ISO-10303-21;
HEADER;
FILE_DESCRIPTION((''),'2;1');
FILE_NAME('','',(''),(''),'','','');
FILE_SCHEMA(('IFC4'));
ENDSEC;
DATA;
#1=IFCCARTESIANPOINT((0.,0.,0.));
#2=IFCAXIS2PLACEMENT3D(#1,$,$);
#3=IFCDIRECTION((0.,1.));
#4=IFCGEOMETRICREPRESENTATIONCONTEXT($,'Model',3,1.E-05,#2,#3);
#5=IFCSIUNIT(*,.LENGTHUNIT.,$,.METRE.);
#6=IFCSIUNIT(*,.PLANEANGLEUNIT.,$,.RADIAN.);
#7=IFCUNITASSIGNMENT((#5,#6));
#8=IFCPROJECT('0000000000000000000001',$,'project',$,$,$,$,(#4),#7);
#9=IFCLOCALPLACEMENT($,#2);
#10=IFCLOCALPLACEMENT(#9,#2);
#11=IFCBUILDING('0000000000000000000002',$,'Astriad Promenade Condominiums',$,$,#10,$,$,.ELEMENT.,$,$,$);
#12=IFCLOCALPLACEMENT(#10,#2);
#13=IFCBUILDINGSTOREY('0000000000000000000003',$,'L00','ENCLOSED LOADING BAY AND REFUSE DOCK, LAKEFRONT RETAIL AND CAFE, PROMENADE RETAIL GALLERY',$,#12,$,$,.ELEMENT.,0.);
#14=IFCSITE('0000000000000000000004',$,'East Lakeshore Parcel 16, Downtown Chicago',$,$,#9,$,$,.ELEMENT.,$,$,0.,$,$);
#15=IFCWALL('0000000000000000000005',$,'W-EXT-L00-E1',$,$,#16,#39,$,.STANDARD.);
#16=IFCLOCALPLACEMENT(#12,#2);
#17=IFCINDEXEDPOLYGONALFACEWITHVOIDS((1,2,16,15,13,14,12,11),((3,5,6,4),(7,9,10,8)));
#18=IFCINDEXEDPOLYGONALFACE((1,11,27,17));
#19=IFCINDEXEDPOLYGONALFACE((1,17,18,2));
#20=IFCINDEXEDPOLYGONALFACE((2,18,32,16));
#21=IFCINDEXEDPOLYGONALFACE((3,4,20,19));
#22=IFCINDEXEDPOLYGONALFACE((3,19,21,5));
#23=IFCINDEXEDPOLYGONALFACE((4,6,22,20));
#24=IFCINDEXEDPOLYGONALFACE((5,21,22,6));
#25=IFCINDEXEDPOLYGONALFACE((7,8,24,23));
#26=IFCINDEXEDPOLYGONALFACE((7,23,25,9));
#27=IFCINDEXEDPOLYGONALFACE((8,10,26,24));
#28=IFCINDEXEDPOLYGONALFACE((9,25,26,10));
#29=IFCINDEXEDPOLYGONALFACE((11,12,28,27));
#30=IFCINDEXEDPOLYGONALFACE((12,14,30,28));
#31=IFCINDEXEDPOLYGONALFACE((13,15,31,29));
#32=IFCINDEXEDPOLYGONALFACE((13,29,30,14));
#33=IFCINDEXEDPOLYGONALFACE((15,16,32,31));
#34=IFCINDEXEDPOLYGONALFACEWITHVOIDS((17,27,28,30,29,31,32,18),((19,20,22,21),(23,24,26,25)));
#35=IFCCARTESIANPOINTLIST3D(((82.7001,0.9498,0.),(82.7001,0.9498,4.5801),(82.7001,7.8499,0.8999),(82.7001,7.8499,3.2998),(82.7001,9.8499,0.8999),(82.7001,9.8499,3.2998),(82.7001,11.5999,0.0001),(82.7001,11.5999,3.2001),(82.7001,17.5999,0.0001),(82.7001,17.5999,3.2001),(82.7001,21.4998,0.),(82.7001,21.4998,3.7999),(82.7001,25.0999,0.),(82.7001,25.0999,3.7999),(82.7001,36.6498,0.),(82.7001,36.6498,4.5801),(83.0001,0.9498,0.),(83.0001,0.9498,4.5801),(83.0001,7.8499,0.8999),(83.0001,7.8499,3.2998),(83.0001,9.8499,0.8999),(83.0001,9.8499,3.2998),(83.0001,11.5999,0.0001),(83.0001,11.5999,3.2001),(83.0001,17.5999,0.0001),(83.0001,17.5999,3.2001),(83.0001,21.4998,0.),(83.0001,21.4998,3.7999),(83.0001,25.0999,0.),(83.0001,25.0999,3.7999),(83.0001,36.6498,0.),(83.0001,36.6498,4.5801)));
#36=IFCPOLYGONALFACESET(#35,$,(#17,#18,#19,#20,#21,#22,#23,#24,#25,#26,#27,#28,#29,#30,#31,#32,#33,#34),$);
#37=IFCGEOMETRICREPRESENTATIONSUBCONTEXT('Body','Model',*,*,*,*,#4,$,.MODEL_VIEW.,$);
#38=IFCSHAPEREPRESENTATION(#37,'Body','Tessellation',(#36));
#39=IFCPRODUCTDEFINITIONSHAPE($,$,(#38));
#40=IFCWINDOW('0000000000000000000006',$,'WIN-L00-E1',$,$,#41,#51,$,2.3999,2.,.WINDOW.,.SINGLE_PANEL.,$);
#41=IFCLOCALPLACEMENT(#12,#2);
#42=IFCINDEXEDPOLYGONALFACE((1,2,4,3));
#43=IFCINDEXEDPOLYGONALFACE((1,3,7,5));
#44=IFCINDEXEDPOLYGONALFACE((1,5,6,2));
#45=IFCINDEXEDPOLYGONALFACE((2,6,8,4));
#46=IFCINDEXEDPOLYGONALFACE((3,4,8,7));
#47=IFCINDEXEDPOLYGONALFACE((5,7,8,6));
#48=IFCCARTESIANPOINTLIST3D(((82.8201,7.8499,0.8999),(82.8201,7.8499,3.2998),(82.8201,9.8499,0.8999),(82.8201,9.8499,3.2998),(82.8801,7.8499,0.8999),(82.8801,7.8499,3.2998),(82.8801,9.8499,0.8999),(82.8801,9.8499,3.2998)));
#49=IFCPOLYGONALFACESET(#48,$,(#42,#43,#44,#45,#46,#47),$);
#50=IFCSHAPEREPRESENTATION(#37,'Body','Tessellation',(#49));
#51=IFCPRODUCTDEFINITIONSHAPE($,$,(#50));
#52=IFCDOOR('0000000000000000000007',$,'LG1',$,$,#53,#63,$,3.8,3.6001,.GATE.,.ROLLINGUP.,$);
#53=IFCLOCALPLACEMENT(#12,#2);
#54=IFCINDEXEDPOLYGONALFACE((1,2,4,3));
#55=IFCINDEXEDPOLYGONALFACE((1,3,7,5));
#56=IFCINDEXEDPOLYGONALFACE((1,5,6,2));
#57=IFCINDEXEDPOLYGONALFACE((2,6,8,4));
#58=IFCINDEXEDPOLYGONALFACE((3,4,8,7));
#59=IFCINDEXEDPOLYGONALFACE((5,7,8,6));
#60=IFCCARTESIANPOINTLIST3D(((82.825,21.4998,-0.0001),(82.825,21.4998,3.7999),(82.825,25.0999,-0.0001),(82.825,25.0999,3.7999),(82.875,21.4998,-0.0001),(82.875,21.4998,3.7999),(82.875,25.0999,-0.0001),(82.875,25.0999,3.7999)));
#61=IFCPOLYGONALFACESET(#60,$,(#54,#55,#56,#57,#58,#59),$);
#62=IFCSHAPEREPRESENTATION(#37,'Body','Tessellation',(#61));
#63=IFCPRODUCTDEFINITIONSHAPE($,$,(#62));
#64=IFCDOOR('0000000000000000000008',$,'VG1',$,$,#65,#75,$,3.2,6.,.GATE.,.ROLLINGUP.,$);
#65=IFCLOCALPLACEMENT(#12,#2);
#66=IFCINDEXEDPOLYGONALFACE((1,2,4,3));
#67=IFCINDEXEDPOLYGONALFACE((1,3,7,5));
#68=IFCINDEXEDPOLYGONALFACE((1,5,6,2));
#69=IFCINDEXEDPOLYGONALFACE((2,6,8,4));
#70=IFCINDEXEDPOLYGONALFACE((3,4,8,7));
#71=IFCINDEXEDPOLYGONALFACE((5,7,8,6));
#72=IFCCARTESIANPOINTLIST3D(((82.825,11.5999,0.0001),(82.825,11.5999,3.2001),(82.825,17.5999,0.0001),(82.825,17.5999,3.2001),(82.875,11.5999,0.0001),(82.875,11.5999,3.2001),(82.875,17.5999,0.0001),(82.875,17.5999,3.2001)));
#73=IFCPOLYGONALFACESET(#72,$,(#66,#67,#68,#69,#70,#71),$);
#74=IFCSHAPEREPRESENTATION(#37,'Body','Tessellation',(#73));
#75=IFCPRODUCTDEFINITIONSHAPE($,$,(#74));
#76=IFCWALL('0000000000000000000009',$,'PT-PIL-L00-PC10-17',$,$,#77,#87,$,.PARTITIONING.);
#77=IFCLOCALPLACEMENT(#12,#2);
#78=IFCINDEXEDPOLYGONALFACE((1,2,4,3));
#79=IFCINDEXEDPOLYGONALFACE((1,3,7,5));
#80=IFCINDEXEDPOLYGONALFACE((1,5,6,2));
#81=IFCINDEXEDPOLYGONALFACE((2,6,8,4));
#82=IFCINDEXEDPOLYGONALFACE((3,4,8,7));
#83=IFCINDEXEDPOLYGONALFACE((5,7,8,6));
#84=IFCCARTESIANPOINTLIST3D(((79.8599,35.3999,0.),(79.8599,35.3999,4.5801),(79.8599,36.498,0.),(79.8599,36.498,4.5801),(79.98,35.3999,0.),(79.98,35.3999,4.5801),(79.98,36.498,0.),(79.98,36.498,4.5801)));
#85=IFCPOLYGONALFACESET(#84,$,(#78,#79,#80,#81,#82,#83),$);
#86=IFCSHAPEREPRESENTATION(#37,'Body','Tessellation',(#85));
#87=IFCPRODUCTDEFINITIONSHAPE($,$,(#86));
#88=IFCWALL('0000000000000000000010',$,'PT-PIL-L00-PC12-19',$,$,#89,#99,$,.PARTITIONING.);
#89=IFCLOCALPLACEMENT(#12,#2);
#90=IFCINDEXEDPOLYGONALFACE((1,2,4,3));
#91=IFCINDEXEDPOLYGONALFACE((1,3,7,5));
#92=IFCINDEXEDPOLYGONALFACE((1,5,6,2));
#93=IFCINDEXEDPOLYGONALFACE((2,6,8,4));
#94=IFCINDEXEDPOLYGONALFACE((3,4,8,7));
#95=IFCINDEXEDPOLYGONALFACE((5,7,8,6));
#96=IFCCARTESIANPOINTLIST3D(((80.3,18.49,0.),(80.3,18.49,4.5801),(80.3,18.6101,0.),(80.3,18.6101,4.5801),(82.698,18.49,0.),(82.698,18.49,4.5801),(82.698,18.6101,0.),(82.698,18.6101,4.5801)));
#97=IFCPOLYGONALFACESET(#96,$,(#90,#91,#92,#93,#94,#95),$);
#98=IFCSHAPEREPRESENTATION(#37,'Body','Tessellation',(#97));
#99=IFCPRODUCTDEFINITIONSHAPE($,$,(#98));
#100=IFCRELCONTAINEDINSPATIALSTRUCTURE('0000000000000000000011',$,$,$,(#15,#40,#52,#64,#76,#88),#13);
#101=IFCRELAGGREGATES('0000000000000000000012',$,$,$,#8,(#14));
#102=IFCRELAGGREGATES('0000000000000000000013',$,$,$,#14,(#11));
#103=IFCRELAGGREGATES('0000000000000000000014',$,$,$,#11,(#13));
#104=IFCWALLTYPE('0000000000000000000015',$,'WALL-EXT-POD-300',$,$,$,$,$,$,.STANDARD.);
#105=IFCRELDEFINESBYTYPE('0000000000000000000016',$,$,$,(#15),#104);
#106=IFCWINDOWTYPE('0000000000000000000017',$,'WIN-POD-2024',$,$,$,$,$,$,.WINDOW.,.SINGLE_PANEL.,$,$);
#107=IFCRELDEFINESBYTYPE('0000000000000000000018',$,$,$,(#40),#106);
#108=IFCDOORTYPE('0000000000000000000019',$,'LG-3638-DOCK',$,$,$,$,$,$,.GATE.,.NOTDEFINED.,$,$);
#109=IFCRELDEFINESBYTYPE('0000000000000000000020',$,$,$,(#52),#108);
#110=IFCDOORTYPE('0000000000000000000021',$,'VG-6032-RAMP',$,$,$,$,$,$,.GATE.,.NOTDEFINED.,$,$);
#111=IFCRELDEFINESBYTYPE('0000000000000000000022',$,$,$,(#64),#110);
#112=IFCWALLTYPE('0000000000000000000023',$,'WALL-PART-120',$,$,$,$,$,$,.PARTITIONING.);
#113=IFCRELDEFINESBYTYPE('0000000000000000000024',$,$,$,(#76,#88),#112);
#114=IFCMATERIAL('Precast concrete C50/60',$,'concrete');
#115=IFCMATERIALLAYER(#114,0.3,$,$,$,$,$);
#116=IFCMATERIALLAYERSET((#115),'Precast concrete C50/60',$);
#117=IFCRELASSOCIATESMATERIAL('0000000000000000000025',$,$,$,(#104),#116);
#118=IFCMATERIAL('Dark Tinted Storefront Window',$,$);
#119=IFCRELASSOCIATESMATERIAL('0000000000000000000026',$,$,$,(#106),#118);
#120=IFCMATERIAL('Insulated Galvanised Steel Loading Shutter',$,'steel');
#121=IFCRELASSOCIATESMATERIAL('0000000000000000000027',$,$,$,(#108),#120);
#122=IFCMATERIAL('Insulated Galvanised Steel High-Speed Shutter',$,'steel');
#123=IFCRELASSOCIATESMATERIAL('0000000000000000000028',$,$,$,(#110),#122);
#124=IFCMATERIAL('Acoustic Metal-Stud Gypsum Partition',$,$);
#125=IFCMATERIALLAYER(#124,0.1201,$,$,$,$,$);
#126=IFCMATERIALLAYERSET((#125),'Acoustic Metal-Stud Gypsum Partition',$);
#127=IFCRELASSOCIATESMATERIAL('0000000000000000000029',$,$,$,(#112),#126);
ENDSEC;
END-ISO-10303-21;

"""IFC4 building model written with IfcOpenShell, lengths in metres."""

from ifc_helpers import new_model, si_unit, direction, frame, frame_2d, origin, place, context, subcontext, project, spatial, rectangle, extrude, source, transform, mapped, material, layer, layer_set, type_object, type_shapes, element, fill, save


model = new_model("IFC4")

# Units and contexts
model_context = context("Model", 3, precision=1e-05, world=origin(), true_north=direction((0.0, 1.0)))
body_context = subcontext(model_context, "Body", "Model", "MODEL_VIEW")
ifc_project = project(units=[si_unit("LENGTHUNIT", "METRE"), si_unit("PLANEANGLEUNIT", "RADIAN")], contexts=[model_context])

# Site, building, storey
site_placement = place(None, origin())
site = spatial("IfcSite", under=ifc_project, at=site_placement, Name="East Lakeshore Parcel 16, Downtown Chicago", CompositionType="ELEMENT", RefElevation=0.0)
building_placement = place(site_placement, origin())
building = spatial("IfcBuilding", under=site, at=building_placement, Name="Astriad Promenade Condominiums", CompositionType="ELEMENT")
storey_placement = place(building_placement, origin())
storey = spatial("IfcBuildingStorey", under=building, at=storey_placement, Name="L00", Description="ENCLOSED LOADING BAY AND REFUSE DOCK, LAKEFRONT RETAIL AND CAFE, PROMENADE RETAIL GALLERY", CompositionType="ELEMENT", Elevation=0.0)

# Shared definitions
ifc_material_1 = material(Name="Precast concrete C50/60", Category="concrete")
ifc_layer_1 = layer(ifc_material_1, 0.3)
ifc_layer_set_1 = layer_set([ifc_layer_1], Name="Precast concrete C50/60")
wall_type_1 = type_object("IfcWallType", Name="WALL-EXT-POD-300", PredefinedType="STANDARD", material=ifc_layer_set_1)

# Wall, openings, window, doors
wall_1_placement = place(storey_placement, frame((82.8501, 36.6499, 0.0), z_axis=(0.0, 0.0, 1.0), x_axis=(0.0, -1.0, 0.0)))
wall_1 = element("IfcWall", 1, at=wall_1_placement, inside=storey, type_object=wall_type_1, Name="W-EXT-L00-E1", PredefinedType="STANDARD", context=body_context, shape_type="SweptSolid", body=[
    extrude(rectangle(XDim=35.7, YDim=0.3, at=frame_2d((17.8501, 0.0))), origin(), (0.0, 0.0, 1.0), 4.5801),
])
opening_1_placement = place(wall_1_placement, frame((11.55, 0.0, 0.0)))
opening_1 = element("IfcOpeningElement", 2, at=opening_1_placement, cuts=wall_1, PredefinedType="OPENING", context=body_context, shape_type="SweptSolid", body=[
    extrude(rectangle(XDim=3.6001, YDim=3.8, at=frame_2d((1.8, 1.8999))), frame((0.0, 0.1599, 0.0), z_axis=(0.0, -1.0, 0.0), x_axis=(1.0, 0.0, 0.0)), (0.0, 0.0, 1.0), 0.3201),
])
opening_2_placement = place(wall_1_placement, frame((19.05, 0.0, 0.0)))
opening_2 = element("IfcOpeningElement", 3, at=opening_2_placement, cuts=wall_1, PredefinedType="OPENING", context=body_context, shape_type="SweptSolid", body=[
    extrude(rectangle(XDim=6.0, YDim=3.2, at=frame_2d((3.0, 1.6001))), frame((0.0, 0.1599, 0.0), z_axis=(0.0, -1.0, 0.0), x_axis=(1.0, 0.0, 0.0)), (0.0, 0.0, 1.0), 0.3201),
])
opening_3_placement = place(wall_1_placement, frame((26.8, 0.0, 0.8999)))
opening_3 = element("IfcOpeningElement", 4, at=opening_3_placement, cuts=wall_1, PredefinedType="OPENING", context=body_context, shape_type="SweptSolid", body=[
    extrude(rectangle(XDim=2.0, YDim=2.3999, at=frame_2d((1.0, 1.2))), frame((0.0, 0.1599, 0.0), z_axis=(0.0, -1.0, 0.0), x_axis=(1.0, 0.0, 0.0)), (0.0, 0.0, 1.0), 0.3201),
])
ifc_material_2 = material(Name="Dark Tinted Storefront Window")
window_type = type_object("IfcWindowType", Name="WIN-POD-2024", PartitioningType="SINGLE_PANEL", PredefinedType="WINDOW", material=ifc_material_2)
shared_shape_1 = source(origin(), body_context, "Body", "SweptSolid", [
    extrude(rectangle(XDim=2.0, YDim=2.3999, at=frame_2d((1.0, 1.2))), frame((0.0, 0.03, 0.0), z_axis=(0.0, -1.0, 0.0), x_axis=(1.0, 0.0, 0.0)), (0.0, 0.0, 1.0), 0.0601),
])
type_shapes(window_type, [shared_shape_1])
window_placement = place(opening_3_placement, origin())
window = element("IfcWindow", 5, at=window_placement, inside=storey, type_object=window_type, Name="WIN-L00-E1", OverallHeight=2.3999, OverallWidth=2.0, PartitioningType="SINGLE_PANEL", PredefinedType="WINDOW", context=body_context, shape_type="MappedRepresentation", body=[
    mapped(shared_shape_1, transform((0.0, 0.0, 0.0), scale=1.0)),
])
fill(opening_3, window)
ifc_material_3 = material(Name="Insulated Galvanised Steel Loading Shutter", Category="steel")
door_type_1 = type_object("IfcDoorType", Name="LG-3638-DOCK", OperationType="NOTDEFINED", PredefinedType="GATE", material=ifc_material_3)
shared_shape_2 = source(origin(), body_context, "Body", "SweptSolid", [
    extrude(rectangle(XDim=3.6001, YDim=3.8, at=frame_2d((1.8, 1.8999))), frame((0.0, 0.0249, 0.0), z_axis=(0.0, -1.0, 0.0), x_axis=(1.0, 0.0, 0.0)), (0.0, 0.0, 1.0), 0.05),
])
type_shapes(door_type_1, [shared_shape_2])
door_1_placement = place(opening_1_placement, origin())
door_1 = element("IfcDoor", 6, at=door_1_placement, inside=storey, type_object=door_type_1, Name="LG1", OperationType="ROLLINGUP", OverallHeight=3.8, OverallWidth=3.6001, PredefinedType="GATE", context=body_context, shape_type="MappedRepresentation", body=[
    mapped(shared_shape_2, transform((0.0, 0.0, 0.0), scale=1.0)),
])
fill(opening_1, door_1)
ifc_material_4 = material(Name="Insulated Galvanised Steel High-Speed Shutter", Category="steel")
door_type_2 = type_object("IfcDoorType", Name="VG-6032-RAMP", OperationType="NOTDEFINED", PredefinedType="GATE", material=ifc_material_4)
shared_shape_3 = source(origin(), body_context, "Body", "SweptSolid", [
    extrude(rectangle(XDim=6.0, YDim=3.2, at=frame_2d((3.0, 1.6001))), frame((0.0, 0.0249, 0.0), z_axis=(0.0, -1.0, 0.0), x_axis=(1.0, 0.0, 0.0)), (0.0, 0.0, 1.0), 0.05),
])
type_shapes(door_type_2, [shared_shape_3])
door_2_placement = place(opening_2_placement, origin())
door_2 = element("IfcDoor", 7, at=door_2_placement, inside=storey, type_object=door_type_2, Name="VG1", OperationType="ROLLINGUP", OverallHeight=3.2, OverallWidth=6.0, PredefinedType="GATE", context=body_context, shape_type="MappedRepresentation", body=[
    mapped(shared_shape_3, transform((0.0, 0.0, 0.0), scale=1.0)),
])
fill(opening_2, door_2)

# Walls
ifc_material_5 = material(Name="Acoustic Metal-Stud Gypsum Partition")
ifc_layer_2 = layer(ifc_material_5, 0.1201)
ifc_layer_set_2 = layer_set([ifc_layer_2], Name="Acoustic Metal-Stud Gypsum Partition")
wall_type_2 = type_object("IfcWallType", Name="WALL-PART-120", PredefinedType="PARTITIONING", material=ifc_layer_set_2)
wall_2_placement = place(storey_placement, frame((79.9199, 35.3999, 0.0), z_axis=(0.0, 0.0, 1.0), x_axis=(0.0, 1.0, 0.0)))
element("IfcWall", 8, at=wall_2_placement, inside=storey, type_object=wall_type_2, Name="PT-PIL-L00-PC10-17", PredefinedType="PARTITIONING", context=body_context, shape_type="SweptSolid", body=[
    extrude(rectangle(XDim=1.0981, YDim=0.1201, at=frame_2d((0.5491, 0.0))), origin(), (0.0, 0.0, 1.0), 4.5801),
])
wall_3_placement = place(storey_placement, frame((80.3, 18.55, 0.0), z_axis=(0.0, 0.0, 1.0), x_axis=(1.0, 0.0, 0.0)))
element("IfcWall", 9, at=wall_3_placement, inside=storey, type_object=wall_type_2, Name="PT-PIL-L00-PC12-19", PredefinedType="PARTITIONING", context=body_context, shape_type="SweptSolid", body=[
    extrude(rectangle(XDim=2.3979, YDim=0.1201, at=frame_2d((1.199, 0.0))), origin(), (0.0, 0.0, 1.0), 4.5801),
])

save(model, "model.ifc")
